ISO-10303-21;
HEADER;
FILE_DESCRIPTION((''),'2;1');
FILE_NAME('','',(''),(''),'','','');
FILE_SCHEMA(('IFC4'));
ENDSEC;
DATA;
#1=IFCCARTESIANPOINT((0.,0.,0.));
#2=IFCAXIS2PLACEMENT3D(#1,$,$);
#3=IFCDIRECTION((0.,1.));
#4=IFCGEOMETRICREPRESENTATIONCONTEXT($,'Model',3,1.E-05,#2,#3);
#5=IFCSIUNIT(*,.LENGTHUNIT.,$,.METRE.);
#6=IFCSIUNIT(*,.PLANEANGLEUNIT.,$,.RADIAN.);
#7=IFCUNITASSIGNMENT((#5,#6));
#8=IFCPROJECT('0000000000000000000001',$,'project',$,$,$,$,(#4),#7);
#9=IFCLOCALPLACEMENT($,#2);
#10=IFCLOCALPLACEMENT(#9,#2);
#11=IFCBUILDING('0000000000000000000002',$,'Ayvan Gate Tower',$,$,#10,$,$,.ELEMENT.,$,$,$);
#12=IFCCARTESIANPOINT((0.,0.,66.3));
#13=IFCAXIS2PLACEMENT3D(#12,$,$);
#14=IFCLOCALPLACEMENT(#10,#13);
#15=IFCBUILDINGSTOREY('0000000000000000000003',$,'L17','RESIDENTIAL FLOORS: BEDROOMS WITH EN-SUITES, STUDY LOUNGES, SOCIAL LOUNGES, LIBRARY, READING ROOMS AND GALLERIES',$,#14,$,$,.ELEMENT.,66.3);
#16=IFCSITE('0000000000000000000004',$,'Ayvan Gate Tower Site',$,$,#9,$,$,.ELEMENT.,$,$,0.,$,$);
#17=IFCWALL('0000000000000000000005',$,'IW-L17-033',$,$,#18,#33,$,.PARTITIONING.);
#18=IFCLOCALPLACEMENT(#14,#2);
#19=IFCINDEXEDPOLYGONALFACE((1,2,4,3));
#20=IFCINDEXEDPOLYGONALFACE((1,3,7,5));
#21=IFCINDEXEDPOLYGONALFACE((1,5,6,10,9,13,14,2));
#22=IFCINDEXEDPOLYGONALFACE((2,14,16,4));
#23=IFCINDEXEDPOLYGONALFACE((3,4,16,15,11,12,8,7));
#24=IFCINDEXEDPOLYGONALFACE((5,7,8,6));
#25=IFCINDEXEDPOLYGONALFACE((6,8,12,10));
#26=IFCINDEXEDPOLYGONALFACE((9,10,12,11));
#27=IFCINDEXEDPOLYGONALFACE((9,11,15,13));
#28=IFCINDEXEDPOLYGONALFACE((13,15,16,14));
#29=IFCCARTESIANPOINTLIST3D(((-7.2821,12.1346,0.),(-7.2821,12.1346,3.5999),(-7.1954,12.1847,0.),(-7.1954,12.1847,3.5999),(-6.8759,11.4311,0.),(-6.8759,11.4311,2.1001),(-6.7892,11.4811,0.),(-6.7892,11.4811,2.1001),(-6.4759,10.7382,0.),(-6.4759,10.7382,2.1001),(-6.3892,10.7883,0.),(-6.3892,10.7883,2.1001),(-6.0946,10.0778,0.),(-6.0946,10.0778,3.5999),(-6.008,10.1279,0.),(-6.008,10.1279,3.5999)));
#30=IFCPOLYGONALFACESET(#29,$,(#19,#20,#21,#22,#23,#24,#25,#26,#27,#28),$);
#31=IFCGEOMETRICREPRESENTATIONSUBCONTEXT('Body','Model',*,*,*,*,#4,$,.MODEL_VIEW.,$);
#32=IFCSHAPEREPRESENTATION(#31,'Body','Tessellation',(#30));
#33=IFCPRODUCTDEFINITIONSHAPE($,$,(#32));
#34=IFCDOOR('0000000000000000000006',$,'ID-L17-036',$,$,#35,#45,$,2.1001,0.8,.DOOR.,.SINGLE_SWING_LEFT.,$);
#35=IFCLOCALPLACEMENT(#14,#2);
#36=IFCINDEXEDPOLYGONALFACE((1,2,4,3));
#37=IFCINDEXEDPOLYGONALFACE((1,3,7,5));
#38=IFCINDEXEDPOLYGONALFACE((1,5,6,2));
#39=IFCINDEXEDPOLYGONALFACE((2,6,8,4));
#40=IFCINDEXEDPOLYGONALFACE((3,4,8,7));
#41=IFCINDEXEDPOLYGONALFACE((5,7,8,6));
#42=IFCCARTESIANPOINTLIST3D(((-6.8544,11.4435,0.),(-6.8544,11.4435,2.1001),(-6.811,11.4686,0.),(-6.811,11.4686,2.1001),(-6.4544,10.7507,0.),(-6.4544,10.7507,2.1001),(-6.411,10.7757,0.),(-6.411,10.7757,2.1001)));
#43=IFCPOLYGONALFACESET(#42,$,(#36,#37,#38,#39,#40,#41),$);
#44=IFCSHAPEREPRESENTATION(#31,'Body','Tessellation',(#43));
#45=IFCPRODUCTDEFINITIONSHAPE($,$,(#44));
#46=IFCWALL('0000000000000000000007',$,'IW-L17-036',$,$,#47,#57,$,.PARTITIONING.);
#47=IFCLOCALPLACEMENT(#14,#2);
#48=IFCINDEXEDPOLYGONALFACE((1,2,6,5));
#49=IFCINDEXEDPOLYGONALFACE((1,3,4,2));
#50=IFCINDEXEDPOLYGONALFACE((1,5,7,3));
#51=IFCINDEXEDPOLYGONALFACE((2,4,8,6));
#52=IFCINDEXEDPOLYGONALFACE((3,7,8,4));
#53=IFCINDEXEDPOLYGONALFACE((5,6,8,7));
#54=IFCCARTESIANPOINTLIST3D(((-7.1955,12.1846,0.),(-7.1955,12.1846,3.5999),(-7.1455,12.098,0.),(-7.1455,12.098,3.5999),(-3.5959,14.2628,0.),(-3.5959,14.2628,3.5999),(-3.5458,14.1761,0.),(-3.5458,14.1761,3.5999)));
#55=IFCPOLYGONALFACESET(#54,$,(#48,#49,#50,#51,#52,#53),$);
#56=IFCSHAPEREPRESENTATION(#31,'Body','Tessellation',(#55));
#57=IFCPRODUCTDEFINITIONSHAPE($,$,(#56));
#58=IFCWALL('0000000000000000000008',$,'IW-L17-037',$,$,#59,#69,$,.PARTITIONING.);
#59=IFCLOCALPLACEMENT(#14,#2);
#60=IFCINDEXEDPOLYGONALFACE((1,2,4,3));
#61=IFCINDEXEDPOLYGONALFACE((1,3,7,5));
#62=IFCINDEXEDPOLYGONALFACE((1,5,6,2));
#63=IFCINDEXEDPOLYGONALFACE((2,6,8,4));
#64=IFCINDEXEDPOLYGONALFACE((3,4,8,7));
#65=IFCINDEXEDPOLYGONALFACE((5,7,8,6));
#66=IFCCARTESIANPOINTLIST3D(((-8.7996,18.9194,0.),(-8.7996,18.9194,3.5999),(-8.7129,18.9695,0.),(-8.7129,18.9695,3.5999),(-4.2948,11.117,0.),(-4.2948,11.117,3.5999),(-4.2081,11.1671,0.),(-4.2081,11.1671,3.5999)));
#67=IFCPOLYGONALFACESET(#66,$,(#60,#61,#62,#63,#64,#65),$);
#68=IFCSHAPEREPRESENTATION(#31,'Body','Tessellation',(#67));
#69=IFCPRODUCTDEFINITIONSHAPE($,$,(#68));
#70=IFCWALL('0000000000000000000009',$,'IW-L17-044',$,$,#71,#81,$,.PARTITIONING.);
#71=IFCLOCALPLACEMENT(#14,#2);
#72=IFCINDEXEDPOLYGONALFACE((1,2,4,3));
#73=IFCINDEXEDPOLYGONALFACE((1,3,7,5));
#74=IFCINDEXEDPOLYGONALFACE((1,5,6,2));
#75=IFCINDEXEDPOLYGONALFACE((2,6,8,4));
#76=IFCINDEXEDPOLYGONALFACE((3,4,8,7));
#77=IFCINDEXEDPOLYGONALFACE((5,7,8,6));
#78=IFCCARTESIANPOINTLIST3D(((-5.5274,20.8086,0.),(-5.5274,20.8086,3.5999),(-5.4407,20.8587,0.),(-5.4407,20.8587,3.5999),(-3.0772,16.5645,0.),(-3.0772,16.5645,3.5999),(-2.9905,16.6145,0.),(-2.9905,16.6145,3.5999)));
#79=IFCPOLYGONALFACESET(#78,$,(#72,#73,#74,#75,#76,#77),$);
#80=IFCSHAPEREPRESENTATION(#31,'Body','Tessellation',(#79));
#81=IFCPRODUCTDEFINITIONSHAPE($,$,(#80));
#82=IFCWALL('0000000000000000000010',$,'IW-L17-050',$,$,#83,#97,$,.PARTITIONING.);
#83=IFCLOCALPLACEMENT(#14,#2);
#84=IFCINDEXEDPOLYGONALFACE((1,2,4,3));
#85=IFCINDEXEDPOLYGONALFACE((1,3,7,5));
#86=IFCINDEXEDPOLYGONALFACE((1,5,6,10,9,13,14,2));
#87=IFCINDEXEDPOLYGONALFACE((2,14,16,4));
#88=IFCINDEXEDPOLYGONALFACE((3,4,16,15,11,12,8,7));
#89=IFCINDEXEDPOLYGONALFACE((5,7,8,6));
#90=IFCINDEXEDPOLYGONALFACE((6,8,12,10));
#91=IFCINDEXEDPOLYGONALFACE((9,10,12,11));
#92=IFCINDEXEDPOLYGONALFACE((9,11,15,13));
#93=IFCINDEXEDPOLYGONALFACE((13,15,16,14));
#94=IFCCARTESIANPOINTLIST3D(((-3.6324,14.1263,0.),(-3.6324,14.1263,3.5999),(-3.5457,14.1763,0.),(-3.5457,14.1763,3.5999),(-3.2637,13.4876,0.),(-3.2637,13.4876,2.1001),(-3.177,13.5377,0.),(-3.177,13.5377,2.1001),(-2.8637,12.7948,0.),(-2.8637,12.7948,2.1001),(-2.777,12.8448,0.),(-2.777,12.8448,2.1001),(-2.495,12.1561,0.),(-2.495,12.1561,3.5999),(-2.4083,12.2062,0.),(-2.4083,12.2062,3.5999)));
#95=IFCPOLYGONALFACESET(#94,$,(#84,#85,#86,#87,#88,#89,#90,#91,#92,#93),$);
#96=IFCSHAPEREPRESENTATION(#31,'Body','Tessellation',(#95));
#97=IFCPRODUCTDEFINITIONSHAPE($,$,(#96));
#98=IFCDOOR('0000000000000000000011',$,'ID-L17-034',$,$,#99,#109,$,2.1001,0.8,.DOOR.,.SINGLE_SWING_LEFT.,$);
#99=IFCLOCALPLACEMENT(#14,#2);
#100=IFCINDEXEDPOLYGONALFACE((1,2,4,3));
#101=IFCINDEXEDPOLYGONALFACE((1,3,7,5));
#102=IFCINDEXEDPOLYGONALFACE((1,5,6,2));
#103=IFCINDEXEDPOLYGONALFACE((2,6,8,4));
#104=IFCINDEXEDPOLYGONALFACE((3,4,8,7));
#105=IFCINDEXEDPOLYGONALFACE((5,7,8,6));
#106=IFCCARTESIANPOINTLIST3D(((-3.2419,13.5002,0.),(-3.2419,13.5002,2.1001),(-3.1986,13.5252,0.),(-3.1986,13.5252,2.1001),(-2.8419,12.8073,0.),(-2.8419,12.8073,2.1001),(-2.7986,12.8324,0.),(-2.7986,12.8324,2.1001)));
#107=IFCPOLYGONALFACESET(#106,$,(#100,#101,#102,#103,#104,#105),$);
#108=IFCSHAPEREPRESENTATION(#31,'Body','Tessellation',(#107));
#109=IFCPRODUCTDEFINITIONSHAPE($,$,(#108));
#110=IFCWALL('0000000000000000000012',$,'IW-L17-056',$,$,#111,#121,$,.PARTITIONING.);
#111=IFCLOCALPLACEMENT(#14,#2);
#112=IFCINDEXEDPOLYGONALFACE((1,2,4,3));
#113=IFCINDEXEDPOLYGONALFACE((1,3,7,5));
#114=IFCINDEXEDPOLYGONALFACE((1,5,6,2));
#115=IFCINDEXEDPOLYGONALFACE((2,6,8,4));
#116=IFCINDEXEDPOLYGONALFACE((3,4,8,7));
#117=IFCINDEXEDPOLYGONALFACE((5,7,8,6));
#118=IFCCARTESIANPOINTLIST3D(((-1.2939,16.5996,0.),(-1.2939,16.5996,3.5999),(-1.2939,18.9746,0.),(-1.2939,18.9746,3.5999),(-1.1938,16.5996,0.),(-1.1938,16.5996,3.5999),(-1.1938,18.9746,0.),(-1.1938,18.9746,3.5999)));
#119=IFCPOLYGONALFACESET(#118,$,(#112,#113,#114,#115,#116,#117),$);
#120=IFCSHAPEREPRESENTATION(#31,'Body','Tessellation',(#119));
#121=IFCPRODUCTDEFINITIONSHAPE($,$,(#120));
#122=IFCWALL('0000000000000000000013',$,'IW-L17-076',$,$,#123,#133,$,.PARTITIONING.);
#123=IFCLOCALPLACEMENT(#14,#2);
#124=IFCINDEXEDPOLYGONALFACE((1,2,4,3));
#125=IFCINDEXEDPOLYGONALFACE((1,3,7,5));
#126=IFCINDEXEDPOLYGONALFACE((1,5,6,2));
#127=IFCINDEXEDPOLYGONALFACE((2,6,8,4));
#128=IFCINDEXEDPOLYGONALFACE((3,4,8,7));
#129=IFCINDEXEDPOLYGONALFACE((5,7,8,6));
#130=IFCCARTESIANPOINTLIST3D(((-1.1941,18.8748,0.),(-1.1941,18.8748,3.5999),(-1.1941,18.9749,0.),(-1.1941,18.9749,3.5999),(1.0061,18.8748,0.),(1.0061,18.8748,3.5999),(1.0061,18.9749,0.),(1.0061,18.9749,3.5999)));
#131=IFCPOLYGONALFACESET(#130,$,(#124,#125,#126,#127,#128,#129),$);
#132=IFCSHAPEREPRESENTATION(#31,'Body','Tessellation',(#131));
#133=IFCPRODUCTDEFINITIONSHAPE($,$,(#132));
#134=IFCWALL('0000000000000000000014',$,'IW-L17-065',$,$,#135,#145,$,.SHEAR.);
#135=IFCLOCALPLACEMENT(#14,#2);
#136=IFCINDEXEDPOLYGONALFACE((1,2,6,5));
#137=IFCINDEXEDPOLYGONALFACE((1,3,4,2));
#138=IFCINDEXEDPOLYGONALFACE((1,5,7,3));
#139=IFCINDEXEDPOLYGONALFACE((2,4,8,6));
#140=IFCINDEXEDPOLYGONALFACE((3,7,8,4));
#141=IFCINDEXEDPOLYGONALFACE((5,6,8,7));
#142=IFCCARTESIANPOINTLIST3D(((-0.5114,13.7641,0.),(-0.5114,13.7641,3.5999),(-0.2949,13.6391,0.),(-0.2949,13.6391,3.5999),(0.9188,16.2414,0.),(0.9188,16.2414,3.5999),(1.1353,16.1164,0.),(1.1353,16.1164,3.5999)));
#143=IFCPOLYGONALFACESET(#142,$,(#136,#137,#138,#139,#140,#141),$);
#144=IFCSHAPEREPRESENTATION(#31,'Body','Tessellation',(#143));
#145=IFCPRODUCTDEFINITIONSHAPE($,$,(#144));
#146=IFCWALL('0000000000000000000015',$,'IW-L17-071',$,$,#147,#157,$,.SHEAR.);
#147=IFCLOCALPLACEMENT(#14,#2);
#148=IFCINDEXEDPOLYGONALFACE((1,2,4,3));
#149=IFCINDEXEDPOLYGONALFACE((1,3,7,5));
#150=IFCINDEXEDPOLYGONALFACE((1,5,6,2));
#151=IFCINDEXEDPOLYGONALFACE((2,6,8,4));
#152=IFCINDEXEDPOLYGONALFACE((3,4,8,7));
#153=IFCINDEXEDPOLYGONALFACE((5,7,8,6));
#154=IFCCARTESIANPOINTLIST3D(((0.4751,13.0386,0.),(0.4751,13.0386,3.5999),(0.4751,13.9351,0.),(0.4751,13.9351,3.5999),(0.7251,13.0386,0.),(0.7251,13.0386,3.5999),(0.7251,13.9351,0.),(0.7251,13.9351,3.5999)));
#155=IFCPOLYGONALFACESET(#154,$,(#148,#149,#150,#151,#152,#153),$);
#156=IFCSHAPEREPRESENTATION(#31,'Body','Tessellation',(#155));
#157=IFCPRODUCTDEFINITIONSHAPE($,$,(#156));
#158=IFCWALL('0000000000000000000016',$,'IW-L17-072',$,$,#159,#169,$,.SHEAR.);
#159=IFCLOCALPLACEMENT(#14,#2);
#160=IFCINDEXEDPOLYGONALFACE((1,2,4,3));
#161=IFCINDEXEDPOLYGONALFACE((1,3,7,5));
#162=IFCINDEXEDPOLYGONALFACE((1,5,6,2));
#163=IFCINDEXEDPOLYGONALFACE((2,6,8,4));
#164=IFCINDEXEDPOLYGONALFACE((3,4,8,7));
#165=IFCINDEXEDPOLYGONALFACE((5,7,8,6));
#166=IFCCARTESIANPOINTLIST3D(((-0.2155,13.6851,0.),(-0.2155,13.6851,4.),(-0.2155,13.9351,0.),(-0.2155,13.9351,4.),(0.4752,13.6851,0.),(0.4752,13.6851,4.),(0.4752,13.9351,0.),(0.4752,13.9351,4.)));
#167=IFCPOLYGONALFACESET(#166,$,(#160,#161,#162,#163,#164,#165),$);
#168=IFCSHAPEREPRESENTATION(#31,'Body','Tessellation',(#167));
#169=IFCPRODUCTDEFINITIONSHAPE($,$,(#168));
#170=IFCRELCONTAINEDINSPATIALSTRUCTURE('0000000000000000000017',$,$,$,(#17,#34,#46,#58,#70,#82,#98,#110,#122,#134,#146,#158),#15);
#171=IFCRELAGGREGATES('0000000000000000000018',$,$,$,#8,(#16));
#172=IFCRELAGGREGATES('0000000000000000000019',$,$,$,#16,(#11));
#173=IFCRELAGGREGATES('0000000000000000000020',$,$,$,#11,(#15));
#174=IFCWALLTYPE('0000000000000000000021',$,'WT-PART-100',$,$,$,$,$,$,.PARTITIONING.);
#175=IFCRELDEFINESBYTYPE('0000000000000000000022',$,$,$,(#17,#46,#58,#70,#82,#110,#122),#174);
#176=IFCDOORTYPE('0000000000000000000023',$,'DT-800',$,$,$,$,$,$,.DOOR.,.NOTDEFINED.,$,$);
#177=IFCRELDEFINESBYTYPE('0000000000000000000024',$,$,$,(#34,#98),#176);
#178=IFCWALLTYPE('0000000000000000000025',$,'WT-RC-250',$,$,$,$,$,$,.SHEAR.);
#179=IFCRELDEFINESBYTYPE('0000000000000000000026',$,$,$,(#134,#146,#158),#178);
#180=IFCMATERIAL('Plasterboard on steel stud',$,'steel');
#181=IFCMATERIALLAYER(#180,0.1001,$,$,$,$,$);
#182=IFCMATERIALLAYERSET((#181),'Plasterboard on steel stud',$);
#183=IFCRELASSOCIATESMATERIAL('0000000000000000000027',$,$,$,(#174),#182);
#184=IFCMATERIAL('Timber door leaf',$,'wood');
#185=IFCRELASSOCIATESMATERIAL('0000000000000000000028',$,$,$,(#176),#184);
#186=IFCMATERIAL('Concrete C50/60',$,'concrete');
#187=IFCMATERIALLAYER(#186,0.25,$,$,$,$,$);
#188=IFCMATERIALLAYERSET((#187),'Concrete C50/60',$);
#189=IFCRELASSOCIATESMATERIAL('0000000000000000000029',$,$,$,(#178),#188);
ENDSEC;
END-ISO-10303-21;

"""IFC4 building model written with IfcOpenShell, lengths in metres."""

from ifc_helpers import new_model, si_unit, direction, frame, frame_2d, origin, place, context, subcontext, project, spatial, rectangle, extrude, material, layer, layer_set, type_object, element, fill, save


model = new_model("IFC4")

# Units and contexts
model_context = context("Model", 3, precision=1e-05, world=origin(), true_north=direction((0.0, 1.0)))
body_context = subcontext(model_context, "Body", "Model", "MODEL_VIEW")
ifc_project = project(units=[si_unit("LENGTHUNIT", "METRE"), si_unit("PLANEANGLEUNIT", "RADIAN")], contexts=[model_context])

# Site, building, storey
site_placement = place(None, origin())
site = spatial("IfcSite", under=ifc_project, at=site_placement, Name="Ayvan Gate Tower Site", CompositionType="ELEMENT", RefElevation=0.0)
building_placement = place(site_placement, origin())
building = spatial("IfcBuilding", under=site, at=building_placement, Name="Ayvan Gate Tower", CompositionType="ELEMENT")
storey_placement = place(building_placement, frame((0.0, 0.0, 66.3)))
storey = spatial("IfcBuildingStorey", under=building, at=storey_placement, Name="L17", Description="RESIDENTIAL FLOORS: BEDROOMS WITH EN-SUITES, STUDY LOUNGES, SOCIAL LOUNGES, LIBRARY, READING ROOMS AND GALLERIES", CompositionType="ELEMENT", Elevation=66.3)

# Shared definitions
ifc_material_1 = material(Name="Plasterboard on steel stud", Category="steel")

# Wall, opening, door
ifc_material_2 = material(Name="Timber door leaf", Category="wood")
ifc_layer_1 = layer(ifc_material_1, 0.1001)
ifc_layer_set_1 = layer_set([ifc_layer_1], Name="Plasterboard on steel stud")
wall_type_1 = type_object("IfcWallType", Name="WT-PART-100", PredefinedType="PARTITIONING", material=ifc_layer_set_1)
wall_1_placement = place(storey_placement, frame((-7.2388, 12.1597, 0.0), z_axis=(0.0, 0.0, 1.0), x_axis=(0.499986, -0.866033, 0.0)))
wall_1 = element("IfcWall", 1, at=wall_1_placement, inside=storey, type_object=wall_type_1, Name="IW-L17-033", PredefinedType="PARTITIONING", context=body_context, shape_type="SweptSolid", body=[
    extrude(rectangle(XDim=2.375, YDim=0.1001, at=frame_2d((1.1875, 0.0))), origin(), (0.0, 0.0, 1.0), 3.5999),
])
opening_1_placement = place(wall_1_placement, frame((0.8125, 0.0, 0.0)))
opening_1 = element("IfcOpeningElement", 2, at=opening_1_placement, cuts=wall_1, PredefinedType="OPENING", context=body_context, shape_type="SweptSolid", body=[
    extrude(rectangle(XDim=0.8, YDim=2.1001, at=frame_2d((0.3999, 1.05))), frame((0.0, 0.0601, 0.0), z_axis=(0.0, -1.0, 0.0), x_axis=(1.0, 0.0, 0.0)), (0.0, 0.0, 1.0), 0.1201),
])
door_type_1 = type_object("IfcDoorType", Name="DT-800", OperationType="NOTDEFINED", PredefinedType="DOOR", material=ifc_material_2)
door_1_placement = place(opening_1_placement, origin())
door_1 = element("IfcDoor", 3, at=door_1_placement, inside=storey, type_object=door_type_1, Name="ID-L17-036", OperationType="SINGLE_SWING_LEFT", OverallHeight=2.1001, OverallWidth=0.8, PredefinedType="DOOR", context=body_context, shape_type="SweptSolid", body=[
    extrude(rectangle(XDim=0.8, YDim=2.1001, at=frame_2d((0.3999, 1.05))), frame((0.0, 0.0249, 0.0), z_axis=(0.0, -1.0, 0.0), x_axis=(1.0, 0.0, 0.0)), (0.0, 0.0, 1.0), 0.05),
])
fill(opening_1, door_1)

# Walls
wall_2_placement = place(storey_placement, frame((-7.1704, 12.1414, 0.0), z_axis=(0.0, 0.0, 1.0), x_axis=(0.866037, 0.49998, 0.0)))
element("IfcWall", 4, at=wall_2_placement, inside=storey, type_object=wall_type_1, Name="IW-L17-036", PredefinedType="PARTITIONING", context=body_context, shape_type="SweptSolid", body=[
    extrude(rectangle(XDim=4.1565, YDim=0.1001, at=frame_2d((2.0781, 0.0))), origin(), (0.0, 0.0, 1.0), 3.5999),
])
wall_3_placement = place(storey_placement, frame((-8.7563, 18.9446, 0.0), z_axis=(0.0, 0.0, 1.0), x_axis=(0.500009, -0.86602, 0.0)))
element("IfcWall", 5, at=wall_3_placement, inside=storey, type_object=wall_type_1, Name="IW-L17-037", PredefinedType="PARTITIONING", context=body_context, shape_type="SweptSolid", body=[
    extrude(rectangle(XDim=9.0095, YDim=0.1001, at=frame_2d((4.5049, 0.0))), origin(), (0.0, 0.0, 1.0), 3.5999),
])
wall_4_placement = place(storey_placement, frame((-3.0339, 16.5896, 0.0), z_axis=(0.0, 0.0, 1.0), x_axis=(-0.499975, 0.86604, 0.0)))
element("IfcWall", 6, at=wall_4_placement, inside=storey, type_object=wall_type_1, Name="IW-L17-044", PredefinedType="PARTITIONING", context=body_context, shape_type="SweptSolid", body=[
    extrude(rectangle(XDim=4.9006, YDim=0.1001, at=frame_2d((2.4502, 0.0))), origin(), (0.0, 0.0, 1.0), 3.5999),
])

# Wall, opening, door
wall_5_placement = place(storey_placement, frame((-2.4517, 12.1812, 0.0), z_axis=(0.0, 0.0, 1.0), x_axis=(-0.499983, 0.866035, 0.0)))
wall_5 = element("IfcWall", 7, at=wall_5_placement, inside=storey, type_object=wall_type_1, Name="IW-L17-050", PredefinedType="PARTITIONING", context=body_context, shape_type="SweptSolid", body=[
    extrude(rectangle(XDim=2.2749, YDim=0.1001, at=frame_2d((1.1375, 0.0))), origin(), (0.0, 0.0, 1.0), 3.5999),
])
opening_2_placement = place(wall_5_placement, frame((0.7375, 0.0, 0.0)))
opening_2 = element("IfcOpeningElement", 8, at=opening_2_placement, cuts=wall_5, PredefinedType="OPENING", context=body_context, shape_type="SweptSolid", body=[
    extrude(rectangle(XDim=0.8, YDim=2.1001, at=frame_2d((0.3999, 1.05))), frame((0.0, 0.0601, 0.0), z_axis=(0.0, -1.0, 0.0), x_axis=(1.0, 0.0, 0.0)), (0.0, 0.0, 1.0), 0.1201),
])
door_2_placement = place(opening_2_placement, origin())
door_2 = element("IfcDoor", 9, at=door_2_placement, inside=storey, type_object=door_type_1, Name="ID-L17-034", OperationType="SINGLE_SWING_LEFT", OverallHeight=2.1001, OverallWidth=0.8, PredefinedType="DOOR", context=body_context, shape_type="SweptSolid", body=[
    extrude(rectangle(XDim=0.8, YDim=2.1001, at=frame_2d((0.3999, 1.05))), frame((0.0, 0.0249, 0.0), z_axis=(0.0, -1.0, 0.0), x_axis=(1.0, 0.0, 0.0)), (0.0, 0.0, 1.0), 0.05),
])
fill(opening_2, door_2)

# Walls
wall_6_placement = place(storey_placement, frame((-1.2439, 18.9746, 0.0), z_axis=(0.0, 0.0, 1.0), x_axis=(0.0, -1.0, 0.0)))
element("IfcWall", 10, at=wall_6_placement, inside=storey, type_object=wall_type_1, Name="IW-L17-056", PredefinedType="PARTITIONING", context=body_context, shape_type="SweptSolid", body=[
    extrude(rectangle(XDim=2.375, YDim=0.1001, at=frame_2d((1.1875, 0.0))), origin(), (0.0, 0.0, 1.0), 3.5999),
])
wall_7_placement = place(storey_placement, frame((1.0061, 18.9248, 0.0), z_axis=(0.0, 0.0, 1.0), x_axis=(-1.0, 0.0, 0.0)))
element("IfcWall", 11, at=wall_7_placement, inside=storey, type_object=wall_type_1, Name="IW-L17-076", PredefinedType="PARTITIONING", context=body_context, shape_type="SweptSolid", body=[
    extrude(rectangle(XDim=2.2002, YDim=0.1001, at=frame_2d((1.1001, 0.0))), origin(), (0.0, 0.0, 1.0), 3.5999),
])
ifc_material_3 = material(Name="Concrete C50/60", Category="concrete")
ifc_layer_2 = layer(ifc_material_3, 0.25)
ifc_layer_set_2 = layer_set([ifc_layer_2], Name="Concrete C50/60")
wall_type_2 = type_object("IfcWallType", Name="WT-RC-250", PredefinedType="SHEAR", material=ifc_layer_set_2)
wall_8_placement = place(storey_placement, frame((-0.4031, 13.7017, 0.0), z_axis=(0.0, 0.0, 1.0), x_axis=(0.499976, 0.866039, 0.0)))
element("IfcWall", 12, at=wall_8_placement, inside=storey, type_object=wall_type_2, Name="IW-L17-065", PredefinedType="SHEAR", context=body_context, shape_type="SweptSolid", body=[
    extrude(rectangle(XDim=2.8606, YDim=0.25, at=frame_2d((1.4302, 0.0))), origin(), (0.0, 0.0, 1.0), 3.5999),
])
wall_9_placement = place(storey_placement, frame((0.6001, 13.0386, 0.0), z_axis=(0.0, 0.0, 1.0), x_axis=(0.0, 1.0, 0.0)))
element("IfcWall", 13, at=wall_9_placement, inside=storey, type_object=wall_type_2, Name="IW-L17-071", PredefinedType="SHEAR", context=body_context, shape_type="SweptSolid", body=[
    extrude(rectangle(XDim=0.8965, YDim=0.25, at=frame_2d((0.4482, 0.0))), origin(), (0.0, 0.0, 1.0), 3.5999),
])
wall_10_placement = place(storey_placement, frame((0.4751, 13.8101, 0.0), z_axis=(0.0, 0.0, 1.0), x_axis=(-1.0, 0.0, 0.0)))
element("IfcWall", 14, at=wall_10_placement, inside=storey, type_object=wall_type_2, Name="IW-L17-072", PredefinedType="SHEAR", context=body_context, shape_type="SweptSolid", body=[
    extrude(rectangle(XDim=0.6907, YDim=0.25, at=frame_2d((0.3452, 0.0))), origin(), (0.0, 0.0, 1.0), 4.0),
])

save(model, "model.ifc")
